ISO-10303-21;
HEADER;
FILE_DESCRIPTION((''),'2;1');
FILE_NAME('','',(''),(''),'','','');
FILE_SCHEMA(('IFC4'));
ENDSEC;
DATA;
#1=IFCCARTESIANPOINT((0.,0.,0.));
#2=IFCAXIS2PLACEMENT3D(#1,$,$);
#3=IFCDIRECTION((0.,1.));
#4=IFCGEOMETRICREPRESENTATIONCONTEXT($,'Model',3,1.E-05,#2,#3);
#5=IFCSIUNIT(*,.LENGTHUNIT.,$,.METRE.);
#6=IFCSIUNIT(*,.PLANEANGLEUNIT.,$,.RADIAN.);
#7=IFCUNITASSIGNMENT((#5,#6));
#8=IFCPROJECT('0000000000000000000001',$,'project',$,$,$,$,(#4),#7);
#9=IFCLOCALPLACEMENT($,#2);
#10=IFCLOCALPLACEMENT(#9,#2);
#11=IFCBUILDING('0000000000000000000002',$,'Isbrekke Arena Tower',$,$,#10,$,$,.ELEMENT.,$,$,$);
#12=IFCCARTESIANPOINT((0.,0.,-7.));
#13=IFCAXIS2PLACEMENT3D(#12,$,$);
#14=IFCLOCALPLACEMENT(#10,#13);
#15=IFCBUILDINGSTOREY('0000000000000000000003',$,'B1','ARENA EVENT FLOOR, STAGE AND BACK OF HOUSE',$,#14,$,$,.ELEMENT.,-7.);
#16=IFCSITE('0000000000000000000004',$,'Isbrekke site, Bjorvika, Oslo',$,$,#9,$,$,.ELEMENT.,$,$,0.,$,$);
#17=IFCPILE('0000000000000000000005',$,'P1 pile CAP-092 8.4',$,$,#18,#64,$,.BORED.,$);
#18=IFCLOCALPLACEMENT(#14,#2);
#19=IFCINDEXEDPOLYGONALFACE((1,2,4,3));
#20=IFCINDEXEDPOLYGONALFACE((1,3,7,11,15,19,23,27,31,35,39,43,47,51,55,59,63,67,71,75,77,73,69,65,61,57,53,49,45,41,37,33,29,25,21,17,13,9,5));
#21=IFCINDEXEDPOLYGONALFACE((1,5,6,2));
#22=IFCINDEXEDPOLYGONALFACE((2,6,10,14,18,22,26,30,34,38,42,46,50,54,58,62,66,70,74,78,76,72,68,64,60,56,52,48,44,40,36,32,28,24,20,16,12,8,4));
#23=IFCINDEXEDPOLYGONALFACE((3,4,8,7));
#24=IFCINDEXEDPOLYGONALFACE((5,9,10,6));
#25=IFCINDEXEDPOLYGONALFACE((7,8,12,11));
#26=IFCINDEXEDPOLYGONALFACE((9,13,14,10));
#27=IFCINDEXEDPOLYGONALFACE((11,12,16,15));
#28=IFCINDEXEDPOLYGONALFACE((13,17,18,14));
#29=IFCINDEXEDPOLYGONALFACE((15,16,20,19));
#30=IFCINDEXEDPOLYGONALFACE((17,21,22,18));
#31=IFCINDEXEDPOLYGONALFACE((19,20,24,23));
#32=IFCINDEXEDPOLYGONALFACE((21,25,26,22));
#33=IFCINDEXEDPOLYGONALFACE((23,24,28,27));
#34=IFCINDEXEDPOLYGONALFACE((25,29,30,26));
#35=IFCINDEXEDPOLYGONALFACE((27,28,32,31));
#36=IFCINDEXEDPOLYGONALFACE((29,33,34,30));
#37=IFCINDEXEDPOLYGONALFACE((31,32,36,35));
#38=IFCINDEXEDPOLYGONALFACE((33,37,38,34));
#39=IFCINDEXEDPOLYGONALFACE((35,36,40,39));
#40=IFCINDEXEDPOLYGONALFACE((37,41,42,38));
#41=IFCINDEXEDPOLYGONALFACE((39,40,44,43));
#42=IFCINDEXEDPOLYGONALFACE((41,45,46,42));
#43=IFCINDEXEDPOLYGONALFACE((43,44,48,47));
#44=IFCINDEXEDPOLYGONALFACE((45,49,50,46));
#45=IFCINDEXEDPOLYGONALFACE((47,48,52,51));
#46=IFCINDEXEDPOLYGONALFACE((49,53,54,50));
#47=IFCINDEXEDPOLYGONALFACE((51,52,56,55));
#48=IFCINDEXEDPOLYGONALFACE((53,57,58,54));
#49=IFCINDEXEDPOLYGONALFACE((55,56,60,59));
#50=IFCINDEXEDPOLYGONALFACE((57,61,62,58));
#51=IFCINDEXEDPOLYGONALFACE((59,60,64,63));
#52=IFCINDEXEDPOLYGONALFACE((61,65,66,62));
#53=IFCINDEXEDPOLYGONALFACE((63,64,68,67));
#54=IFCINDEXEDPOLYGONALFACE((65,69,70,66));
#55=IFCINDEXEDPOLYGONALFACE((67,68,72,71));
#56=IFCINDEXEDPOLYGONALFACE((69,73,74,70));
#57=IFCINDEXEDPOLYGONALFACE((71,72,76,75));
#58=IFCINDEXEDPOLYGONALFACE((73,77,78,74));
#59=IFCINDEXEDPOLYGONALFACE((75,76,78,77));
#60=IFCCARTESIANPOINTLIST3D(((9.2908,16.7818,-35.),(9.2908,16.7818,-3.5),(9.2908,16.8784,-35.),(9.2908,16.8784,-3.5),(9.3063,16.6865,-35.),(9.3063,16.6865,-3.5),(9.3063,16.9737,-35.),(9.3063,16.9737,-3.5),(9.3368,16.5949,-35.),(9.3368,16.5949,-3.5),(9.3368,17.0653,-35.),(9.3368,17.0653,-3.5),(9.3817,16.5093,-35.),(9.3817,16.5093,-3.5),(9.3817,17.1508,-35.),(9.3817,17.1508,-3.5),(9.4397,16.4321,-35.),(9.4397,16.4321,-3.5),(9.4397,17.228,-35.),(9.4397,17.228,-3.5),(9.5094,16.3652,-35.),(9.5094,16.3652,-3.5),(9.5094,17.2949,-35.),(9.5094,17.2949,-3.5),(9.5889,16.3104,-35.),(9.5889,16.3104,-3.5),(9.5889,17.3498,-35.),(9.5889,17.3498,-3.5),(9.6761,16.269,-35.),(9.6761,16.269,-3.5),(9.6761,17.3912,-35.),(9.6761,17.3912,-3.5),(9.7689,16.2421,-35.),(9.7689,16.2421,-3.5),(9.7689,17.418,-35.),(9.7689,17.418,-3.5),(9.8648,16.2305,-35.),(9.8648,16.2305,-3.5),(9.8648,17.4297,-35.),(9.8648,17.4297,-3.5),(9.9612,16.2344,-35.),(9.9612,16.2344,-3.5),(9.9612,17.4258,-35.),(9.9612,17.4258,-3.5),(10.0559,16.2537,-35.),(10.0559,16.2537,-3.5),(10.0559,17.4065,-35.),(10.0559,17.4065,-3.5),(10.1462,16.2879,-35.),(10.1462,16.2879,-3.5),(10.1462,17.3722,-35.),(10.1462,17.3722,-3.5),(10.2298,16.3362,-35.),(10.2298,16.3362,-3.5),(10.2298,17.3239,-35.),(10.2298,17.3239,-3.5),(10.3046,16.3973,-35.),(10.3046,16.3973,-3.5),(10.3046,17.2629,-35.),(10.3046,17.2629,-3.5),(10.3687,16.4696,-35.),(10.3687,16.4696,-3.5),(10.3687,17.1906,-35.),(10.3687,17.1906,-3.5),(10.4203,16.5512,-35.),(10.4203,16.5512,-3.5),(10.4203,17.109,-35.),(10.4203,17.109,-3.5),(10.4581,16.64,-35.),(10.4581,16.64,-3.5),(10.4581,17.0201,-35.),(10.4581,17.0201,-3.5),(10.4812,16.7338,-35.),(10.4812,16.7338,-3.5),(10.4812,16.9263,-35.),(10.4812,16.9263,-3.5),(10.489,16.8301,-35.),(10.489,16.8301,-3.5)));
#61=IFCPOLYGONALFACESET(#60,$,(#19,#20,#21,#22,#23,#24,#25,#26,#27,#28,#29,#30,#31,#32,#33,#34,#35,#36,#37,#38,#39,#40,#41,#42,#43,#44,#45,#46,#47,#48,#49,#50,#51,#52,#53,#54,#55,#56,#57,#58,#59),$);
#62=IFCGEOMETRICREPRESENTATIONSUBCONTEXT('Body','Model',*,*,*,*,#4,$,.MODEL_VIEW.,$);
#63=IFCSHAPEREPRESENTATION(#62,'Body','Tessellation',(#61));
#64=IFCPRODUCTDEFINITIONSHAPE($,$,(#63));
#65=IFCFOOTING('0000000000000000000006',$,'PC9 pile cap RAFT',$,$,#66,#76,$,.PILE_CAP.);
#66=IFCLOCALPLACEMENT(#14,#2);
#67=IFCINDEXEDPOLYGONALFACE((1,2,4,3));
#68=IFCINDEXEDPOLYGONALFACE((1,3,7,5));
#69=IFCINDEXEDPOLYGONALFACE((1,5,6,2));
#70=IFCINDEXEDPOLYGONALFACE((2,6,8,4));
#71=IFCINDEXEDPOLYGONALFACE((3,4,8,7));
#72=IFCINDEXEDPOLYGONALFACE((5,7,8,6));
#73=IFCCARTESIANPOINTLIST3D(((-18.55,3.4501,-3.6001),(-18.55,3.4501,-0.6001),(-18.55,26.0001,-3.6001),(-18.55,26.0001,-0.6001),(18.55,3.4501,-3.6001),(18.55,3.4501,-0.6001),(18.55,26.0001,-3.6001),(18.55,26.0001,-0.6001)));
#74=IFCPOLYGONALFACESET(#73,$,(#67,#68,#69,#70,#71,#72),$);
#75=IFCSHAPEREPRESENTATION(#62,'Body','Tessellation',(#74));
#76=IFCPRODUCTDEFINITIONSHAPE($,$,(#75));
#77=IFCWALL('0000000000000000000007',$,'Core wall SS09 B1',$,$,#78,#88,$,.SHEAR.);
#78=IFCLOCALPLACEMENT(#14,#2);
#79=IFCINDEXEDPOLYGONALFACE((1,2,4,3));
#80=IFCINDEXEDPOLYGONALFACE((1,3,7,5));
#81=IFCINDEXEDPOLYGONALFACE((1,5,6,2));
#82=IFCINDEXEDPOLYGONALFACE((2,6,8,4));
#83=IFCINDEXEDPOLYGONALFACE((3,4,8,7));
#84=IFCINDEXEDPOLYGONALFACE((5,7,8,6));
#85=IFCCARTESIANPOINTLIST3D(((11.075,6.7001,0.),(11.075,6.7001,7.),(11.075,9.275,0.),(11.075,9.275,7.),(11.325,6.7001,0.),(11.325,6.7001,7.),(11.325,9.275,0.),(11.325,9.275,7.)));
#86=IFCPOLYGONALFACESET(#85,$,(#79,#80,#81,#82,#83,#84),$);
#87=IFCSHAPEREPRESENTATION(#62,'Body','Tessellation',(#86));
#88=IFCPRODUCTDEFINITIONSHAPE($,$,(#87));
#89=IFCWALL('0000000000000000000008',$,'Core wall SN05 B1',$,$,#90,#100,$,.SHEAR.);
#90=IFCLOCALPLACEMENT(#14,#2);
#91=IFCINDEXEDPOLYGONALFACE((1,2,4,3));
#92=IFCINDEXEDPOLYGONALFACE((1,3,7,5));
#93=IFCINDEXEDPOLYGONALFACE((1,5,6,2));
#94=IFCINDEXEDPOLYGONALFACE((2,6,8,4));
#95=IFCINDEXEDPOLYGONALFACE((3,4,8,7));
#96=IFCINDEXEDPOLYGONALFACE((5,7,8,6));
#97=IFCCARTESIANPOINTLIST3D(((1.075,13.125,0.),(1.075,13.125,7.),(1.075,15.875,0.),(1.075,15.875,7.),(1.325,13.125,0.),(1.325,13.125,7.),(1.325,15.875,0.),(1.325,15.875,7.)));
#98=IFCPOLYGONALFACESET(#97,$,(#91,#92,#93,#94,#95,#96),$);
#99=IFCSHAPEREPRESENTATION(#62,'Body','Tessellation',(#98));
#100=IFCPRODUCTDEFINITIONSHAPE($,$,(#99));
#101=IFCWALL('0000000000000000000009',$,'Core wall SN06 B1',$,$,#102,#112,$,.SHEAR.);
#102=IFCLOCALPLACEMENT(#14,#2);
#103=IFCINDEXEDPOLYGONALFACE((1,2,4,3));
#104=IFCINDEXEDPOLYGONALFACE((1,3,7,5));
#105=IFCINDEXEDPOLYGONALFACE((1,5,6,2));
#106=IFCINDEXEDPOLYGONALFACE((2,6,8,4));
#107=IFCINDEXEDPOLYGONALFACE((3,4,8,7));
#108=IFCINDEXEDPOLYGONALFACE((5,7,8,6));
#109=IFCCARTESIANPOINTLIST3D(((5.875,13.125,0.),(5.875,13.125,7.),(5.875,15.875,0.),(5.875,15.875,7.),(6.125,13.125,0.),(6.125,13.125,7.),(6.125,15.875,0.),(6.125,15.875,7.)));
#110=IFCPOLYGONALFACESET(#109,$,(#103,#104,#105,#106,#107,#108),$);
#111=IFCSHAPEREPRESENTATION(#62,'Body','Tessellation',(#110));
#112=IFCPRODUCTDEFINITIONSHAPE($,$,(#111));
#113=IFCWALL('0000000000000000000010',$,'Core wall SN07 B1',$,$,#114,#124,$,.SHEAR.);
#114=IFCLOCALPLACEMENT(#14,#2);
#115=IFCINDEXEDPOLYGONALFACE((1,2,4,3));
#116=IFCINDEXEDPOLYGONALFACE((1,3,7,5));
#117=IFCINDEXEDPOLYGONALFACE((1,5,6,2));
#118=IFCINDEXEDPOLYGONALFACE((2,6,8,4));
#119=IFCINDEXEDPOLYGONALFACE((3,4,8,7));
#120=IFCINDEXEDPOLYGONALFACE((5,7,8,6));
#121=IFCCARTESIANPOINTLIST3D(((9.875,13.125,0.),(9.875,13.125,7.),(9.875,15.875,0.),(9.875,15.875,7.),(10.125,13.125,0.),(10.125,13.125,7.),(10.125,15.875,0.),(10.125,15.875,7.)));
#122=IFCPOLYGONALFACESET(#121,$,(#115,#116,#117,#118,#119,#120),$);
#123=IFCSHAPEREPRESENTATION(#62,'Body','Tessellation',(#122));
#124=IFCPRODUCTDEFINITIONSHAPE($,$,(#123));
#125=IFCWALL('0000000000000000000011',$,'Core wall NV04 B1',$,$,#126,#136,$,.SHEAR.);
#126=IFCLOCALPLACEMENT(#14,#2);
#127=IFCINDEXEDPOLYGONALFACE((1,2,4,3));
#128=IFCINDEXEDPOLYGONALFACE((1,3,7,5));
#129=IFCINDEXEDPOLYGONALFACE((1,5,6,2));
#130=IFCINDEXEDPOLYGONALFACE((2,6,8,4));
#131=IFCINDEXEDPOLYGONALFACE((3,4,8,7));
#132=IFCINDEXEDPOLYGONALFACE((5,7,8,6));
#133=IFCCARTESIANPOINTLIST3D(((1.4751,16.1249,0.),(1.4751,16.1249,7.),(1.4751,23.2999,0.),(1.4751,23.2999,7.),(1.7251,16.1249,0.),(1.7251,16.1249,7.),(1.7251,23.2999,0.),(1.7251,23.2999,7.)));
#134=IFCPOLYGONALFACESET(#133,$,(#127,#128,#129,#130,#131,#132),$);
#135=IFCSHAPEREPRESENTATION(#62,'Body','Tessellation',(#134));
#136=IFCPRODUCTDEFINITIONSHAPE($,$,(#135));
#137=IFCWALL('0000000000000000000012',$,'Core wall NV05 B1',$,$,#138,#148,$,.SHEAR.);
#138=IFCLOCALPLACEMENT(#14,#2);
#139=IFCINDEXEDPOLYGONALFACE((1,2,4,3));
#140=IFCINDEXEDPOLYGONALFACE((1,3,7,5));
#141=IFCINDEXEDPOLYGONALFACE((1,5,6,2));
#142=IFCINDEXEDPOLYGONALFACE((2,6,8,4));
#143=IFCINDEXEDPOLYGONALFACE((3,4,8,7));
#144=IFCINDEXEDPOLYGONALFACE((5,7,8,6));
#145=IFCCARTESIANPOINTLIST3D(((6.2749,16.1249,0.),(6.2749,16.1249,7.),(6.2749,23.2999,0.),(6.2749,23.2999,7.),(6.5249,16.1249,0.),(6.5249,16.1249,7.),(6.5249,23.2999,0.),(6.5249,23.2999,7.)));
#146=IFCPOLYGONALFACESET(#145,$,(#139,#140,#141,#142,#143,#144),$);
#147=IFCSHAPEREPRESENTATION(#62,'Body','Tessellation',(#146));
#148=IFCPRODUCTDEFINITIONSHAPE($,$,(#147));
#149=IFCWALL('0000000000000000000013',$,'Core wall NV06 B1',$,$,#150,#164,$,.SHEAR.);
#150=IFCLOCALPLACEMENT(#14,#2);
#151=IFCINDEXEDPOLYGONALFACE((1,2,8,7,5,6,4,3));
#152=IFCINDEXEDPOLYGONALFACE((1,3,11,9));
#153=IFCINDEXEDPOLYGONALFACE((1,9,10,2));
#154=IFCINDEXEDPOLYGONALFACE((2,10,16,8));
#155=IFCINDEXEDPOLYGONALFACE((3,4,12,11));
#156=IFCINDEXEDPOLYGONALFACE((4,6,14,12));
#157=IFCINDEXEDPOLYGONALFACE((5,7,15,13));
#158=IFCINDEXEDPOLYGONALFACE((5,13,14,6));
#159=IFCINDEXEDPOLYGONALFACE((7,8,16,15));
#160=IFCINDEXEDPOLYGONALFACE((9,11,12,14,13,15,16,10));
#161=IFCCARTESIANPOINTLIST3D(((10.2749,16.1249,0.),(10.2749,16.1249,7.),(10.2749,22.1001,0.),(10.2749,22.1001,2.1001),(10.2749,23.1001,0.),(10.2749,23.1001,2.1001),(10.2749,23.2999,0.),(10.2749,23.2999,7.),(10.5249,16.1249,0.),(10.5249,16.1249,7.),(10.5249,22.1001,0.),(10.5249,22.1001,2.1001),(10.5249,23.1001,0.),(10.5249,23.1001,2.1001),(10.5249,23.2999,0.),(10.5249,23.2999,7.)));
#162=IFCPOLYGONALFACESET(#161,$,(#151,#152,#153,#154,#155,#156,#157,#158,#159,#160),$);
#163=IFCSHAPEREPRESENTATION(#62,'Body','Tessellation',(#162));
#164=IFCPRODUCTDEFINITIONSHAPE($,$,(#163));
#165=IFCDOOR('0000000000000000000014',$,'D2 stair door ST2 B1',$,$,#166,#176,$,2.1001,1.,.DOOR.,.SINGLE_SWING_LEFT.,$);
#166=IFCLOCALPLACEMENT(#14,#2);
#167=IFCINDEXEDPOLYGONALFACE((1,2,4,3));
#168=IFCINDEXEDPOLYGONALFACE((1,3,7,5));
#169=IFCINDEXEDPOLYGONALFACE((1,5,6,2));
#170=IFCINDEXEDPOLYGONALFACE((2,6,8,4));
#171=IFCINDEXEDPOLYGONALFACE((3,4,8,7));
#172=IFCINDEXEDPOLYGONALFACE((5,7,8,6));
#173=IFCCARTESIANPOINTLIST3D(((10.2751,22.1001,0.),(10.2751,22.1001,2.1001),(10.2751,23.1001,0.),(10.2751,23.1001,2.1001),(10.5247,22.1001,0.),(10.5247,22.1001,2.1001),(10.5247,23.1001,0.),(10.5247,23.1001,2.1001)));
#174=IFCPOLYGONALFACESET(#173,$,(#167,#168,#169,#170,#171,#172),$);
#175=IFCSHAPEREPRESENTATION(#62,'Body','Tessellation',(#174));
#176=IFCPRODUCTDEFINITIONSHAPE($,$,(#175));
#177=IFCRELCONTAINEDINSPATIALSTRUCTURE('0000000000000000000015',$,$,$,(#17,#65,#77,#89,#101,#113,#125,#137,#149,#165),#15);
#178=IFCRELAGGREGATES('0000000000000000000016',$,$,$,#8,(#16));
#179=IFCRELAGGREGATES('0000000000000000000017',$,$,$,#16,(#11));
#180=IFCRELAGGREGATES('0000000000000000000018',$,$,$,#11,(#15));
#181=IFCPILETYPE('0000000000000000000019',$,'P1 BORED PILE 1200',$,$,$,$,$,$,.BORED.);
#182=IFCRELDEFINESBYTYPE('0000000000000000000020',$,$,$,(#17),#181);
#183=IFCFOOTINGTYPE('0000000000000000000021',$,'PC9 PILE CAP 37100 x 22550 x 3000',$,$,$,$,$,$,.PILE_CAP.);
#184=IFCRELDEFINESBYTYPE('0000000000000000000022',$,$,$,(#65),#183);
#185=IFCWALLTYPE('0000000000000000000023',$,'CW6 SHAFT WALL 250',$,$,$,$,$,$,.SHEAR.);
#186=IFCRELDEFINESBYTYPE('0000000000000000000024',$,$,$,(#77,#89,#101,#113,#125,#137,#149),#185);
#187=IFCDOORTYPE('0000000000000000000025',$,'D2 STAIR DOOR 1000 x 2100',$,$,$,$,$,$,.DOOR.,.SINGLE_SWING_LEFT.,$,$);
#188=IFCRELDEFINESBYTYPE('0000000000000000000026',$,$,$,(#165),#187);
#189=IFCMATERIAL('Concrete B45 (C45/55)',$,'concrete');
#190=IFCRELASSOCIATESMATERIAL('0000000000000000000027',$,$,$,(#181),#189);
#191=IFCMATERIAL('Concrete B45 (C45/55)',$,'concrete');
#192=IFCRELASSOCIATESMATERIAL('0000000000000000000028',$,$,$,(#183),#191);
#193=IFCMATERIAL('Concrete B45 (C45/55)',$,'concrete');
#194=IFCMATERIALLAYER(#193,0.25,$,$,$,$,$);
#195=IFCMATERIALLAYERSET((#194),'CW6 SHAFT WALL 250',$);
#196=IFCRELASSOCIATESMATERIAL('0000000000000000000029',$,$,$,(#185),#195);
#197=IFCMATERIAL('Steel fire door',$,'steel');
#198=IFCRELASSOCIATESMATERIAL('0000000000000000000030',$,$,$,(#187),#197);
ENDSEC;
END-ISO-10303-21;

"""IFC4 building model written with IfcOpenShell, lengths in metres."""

from ifc_helpers import new_model, si_unit, direction, frame, frame_2d, origin, origin_2d, place, context, subcontext, project, spatial, rectangle, circle, extrude, material, layer, layer_set, material_profile, profile_set, type_object, element, fill, save


model = new_model("IFC4")

# Units and contexts
model_context = context("Model", 3, precision=1e-05, world=origin(), true_north=direction((0.0, 1.0)))
body_context = subcontext(model_context, "Body", "Model", "MODEL_VIEW")
ifc_project = project(units=[si_unit("LENGTHUNIT", "METRE"), si_unit("PLANEANGLEUNIT", "RADIAN")], contexts=[model_context])

# Site, building, storey
site_placement = place(None, origin())
site = spatial("IfcSite", under=ifc_project, at=site_placement, Name="Isbrekke site, Bjorvika, Oslo", CompositionType="ELEMENT", RefElevation=0.0)
building_placement = place(site_placement, origin())
building = spatial("IfcBuilding", under=site, at=building_placement, Name="Isbrekke Arena Tower", CompositionType="ELEMENT")
storey_placement = place(building_placement, frame((0.0, 0.0, -7.0)))
storey = spatial("IfcBuildingStorey", under=building, at=storey_placement, Name="B1", Description="ARENA EVENT FLOOR, STAGE AND BACK OF HOUSE", CompositionType="ELEMENT", Elevation=-7.0)

# Pile
ifc_material_1 = material(Name="Concrete B45 (C45/55)", Category="concrete")
ifc_material_profile = material_profile(ifc_material_1, circle(Radius=0.6001, at=origin_2d()), Name="BORED PILE D1200")
ifc_profile_set = profile_set([ifc_material_profile], Name="Concrete B45 (C45/55)")
pile_type = type_object("IfcPileType", Name="P1 BORED PILE 1200", PredefinedType="BORED", material=ifc_profile_set)
for number, where, z_axis, x_axis, name in (
    (1, (9.8889, 16.8301, -3.5), (0.0, 0.0, -1.0), (1.0, 0.0, 0.0), "P1 pile CAP-092 8.4"),
):
    element("IfcPile", number, at=place(storey_placement, frame(where, z_axis=z_axis, x_axis=x_axis)), inside=storey, type_object=pile_type, Name=name, PredefinedType="BORED", context=body_context, shape_type="SweptSolid", body=[
        extrude(circle(Radius=0.6001, at=origin_2d()), origin(), (0.0, 0.0, 1.0), 31.5),
    ])

# Footing
ifc_material_2 = material(Name="Concrete B45 (C45/55)", Category="concrete")
footing_type = type_object("IfcFootingType", Name="PC9 PILE CAP 37100 x 22550 x 3000", PredefinedType="PILE_CAP", material=ifc_material_2)
footing_placement = place(storey_placement, frame((0.0, 14.7251, -3.6001), z_axis=(0.0, 0.0, 1.0), x_axis=(1.0, 0.0, 0.0)))
element("IfcFooting", 2, at=footing_placement, inside=storey, type_object=footing_type, Name="PC9 pile cap RAFT", PredefinedType="PILE_CAP", context=body_context, shape_type="SweptSolid", body=[
    extrude(rectangle(XDim=37.1001, YDim=22.55, at=origin_2d()), origin(), (0.0, 0.0, 1.0), 3.0),
])

# Walls
ifc_material_3 = material(Name="Concrete B45 (C45/55)", Category="concrete")
ifc_layer_1 = layer(ifc_material_3, 0.25)
ifc_layer_set_1 = layer_set([ifc_layer_1], Name="CW6 SHAFT WALL 250")
wall_type_1 = type_object("IfcWallType", Name="CW6 SHAFT WALL 250", PredefinedType="SHEAR", material=ifc_layer_set_1)
wall_1_placement = place(storey_placement, frame((11.2, 6.7, 0.0), z_axis=(0.0, 0.0, 1.0), x_axis=(0.0, 1.0, 0.0)))
element("IfcWall", 3, at=wall_1_placement, inside=storey, type_object=wall_type_1, Name="Core wall SS09 B1", PredefinedType="SHEAR", context=body_context, shape_type="SweptSolid", body=[
    extrude(rectangle(XDim=2.575, YDim=0.25, at=frame_2d((1.2876, 0.0))), origin(), (0.0, 0.0, 1.0), 7.0),
])
for number, where, z_axis, x_axis, name in (
    (4, (1.2, 13.125, 0.0), (0.0, 0.0, 1.0), (0.0, 1.0, 0.0), "Core wall SN05 B1"),
    (5, (6.0, 13.125, 0.0), (0.0, 0.0, 1.0), (0.0, 1.0, 0.0), "Core wall SN06 B1"),
    (6, (10.0, 13.125, 0.0), (0.0, 0.0, 1.0), (0.0, 1.0, 0.0), "Core wall SN07 B1"),
):
    element("IfcWall", number, at=place(storey_placement, frame(where, z_axis=z_axis, x_axis=x_axis)), inside=storey, type_object=wall_type_1, Name=name, PredefinedType="SHEAR", context=body_context, shape_type="SweptSolid", body=[
        extrude(rectangle(XDim=2.75, YDim=0.25, at=frame_2d((1.375, 0.0))), origin(), (0.0, 0.0, 1.0), 7.0),
    ])
for number, where, z_axis, x_axis, name in (
    (7, (1.6001, 16.125, 0.0), (0.0, 0.0, 1.0), (0.0, 1.0, 0.0), "Core wall NV04 B1"),
    (8, (6.3999, 16.125, 0.0), (0.0, 0.0, 1.0), (0.0, 1.0, 0.0), "Core wall NV05 B1"),
):
    element("IfcWall", number, at=place(storey_placement, frame(where, z_axis=z_axis, x_axis=x_axis)), inside=storey, type_object=wall_type_1, Name=name, PredefinedType="SHEAR", context=body_context, shape_type="SweptSolid", body=[
        extrude(rectangle(XDim=7.175, YDim=0.25, at=frame_2d((3.5874, 0.0))), origin(), (0.0, 0.0, 1.0), 7.0),
    ])

# Wall, opening, door
wall_2_placement = place(storey_placement, frame((10.3999, 16.125, 0.0), z_axis=(0.0, 0.0, 1.0), x_axis=(0.0, 1.0, 0.0)))
wall_2 = element("IfcWall", 9, at=wall_2_placement, inside=storey, type_object=wall_type_1, Name="Core wall NV06 B1", PredefinedType="SHEAR", context=body_context, shape_type="SweptSolid", body=[
    extrude(rectangle(XDim=7.175, YDim=0.25, at=frame_2d((3.5874, 0.0))), origin(), (0.0, 0.0, 1.0), 7.0),
])
opening_1_placement = place(wall_2_placement, frame((5.9751, 0.0, 0.0)))
opening_1 = element("IfcOpeningElement", 10, at=opening_1_placement, cuts=wall_2, PredefinedType="OPENING", context=body_context, shape_type="SweptSolid", body=[
    extrude(rectangle(XDim=1.0, YDim=2.1001, at=frame_2d((0.5, 1.05))), frame((0.0, 0.1399, 0.0), z_axis=(0.0, -1.0, 0.0), x_axis=(1.0, 0.0, 0.0)), (0.0, 0.0, 1.0), 0.2798),
])
ifc_material_4 = material(Name="Steel fire door", Category="steel")
door_type_1 = type_object("IfcDoorType", Name="D2 STAIR DOOR 1000 x 2100", OperationType="SINGLE_SWING_LEFT", PredefinedType="DOOR", material=ifc_material_4)
door_1_placement = place(opening_1_placement, origin())
door_1 = element("IfcDoor", 11, at=door_1_placement, inside=storey, type_object=door_type_1, Name="D2 stair door ST2 B1", OperationType="SINGLE_SWING_LEFT", OverallHeight=2.1001, OverallWidth=1.0, PredefinedType="DOOR", context=body_context, shape_type="SweptSolid", body=[
    extrude(rectangle(XDim=1.0, YDim=2.1001, at=frame_2d((0.5, 1.05))), frame((0.0, 0.1248, 0.0), z_axis=(0.0, -1.0, 0.0), x_axis=(1.0, 0.0, 0.0)), (0.0, 0.0, 1.0), 0.2495),
])
fill(opening_1, door_1)

save(model, "model.ifc")
